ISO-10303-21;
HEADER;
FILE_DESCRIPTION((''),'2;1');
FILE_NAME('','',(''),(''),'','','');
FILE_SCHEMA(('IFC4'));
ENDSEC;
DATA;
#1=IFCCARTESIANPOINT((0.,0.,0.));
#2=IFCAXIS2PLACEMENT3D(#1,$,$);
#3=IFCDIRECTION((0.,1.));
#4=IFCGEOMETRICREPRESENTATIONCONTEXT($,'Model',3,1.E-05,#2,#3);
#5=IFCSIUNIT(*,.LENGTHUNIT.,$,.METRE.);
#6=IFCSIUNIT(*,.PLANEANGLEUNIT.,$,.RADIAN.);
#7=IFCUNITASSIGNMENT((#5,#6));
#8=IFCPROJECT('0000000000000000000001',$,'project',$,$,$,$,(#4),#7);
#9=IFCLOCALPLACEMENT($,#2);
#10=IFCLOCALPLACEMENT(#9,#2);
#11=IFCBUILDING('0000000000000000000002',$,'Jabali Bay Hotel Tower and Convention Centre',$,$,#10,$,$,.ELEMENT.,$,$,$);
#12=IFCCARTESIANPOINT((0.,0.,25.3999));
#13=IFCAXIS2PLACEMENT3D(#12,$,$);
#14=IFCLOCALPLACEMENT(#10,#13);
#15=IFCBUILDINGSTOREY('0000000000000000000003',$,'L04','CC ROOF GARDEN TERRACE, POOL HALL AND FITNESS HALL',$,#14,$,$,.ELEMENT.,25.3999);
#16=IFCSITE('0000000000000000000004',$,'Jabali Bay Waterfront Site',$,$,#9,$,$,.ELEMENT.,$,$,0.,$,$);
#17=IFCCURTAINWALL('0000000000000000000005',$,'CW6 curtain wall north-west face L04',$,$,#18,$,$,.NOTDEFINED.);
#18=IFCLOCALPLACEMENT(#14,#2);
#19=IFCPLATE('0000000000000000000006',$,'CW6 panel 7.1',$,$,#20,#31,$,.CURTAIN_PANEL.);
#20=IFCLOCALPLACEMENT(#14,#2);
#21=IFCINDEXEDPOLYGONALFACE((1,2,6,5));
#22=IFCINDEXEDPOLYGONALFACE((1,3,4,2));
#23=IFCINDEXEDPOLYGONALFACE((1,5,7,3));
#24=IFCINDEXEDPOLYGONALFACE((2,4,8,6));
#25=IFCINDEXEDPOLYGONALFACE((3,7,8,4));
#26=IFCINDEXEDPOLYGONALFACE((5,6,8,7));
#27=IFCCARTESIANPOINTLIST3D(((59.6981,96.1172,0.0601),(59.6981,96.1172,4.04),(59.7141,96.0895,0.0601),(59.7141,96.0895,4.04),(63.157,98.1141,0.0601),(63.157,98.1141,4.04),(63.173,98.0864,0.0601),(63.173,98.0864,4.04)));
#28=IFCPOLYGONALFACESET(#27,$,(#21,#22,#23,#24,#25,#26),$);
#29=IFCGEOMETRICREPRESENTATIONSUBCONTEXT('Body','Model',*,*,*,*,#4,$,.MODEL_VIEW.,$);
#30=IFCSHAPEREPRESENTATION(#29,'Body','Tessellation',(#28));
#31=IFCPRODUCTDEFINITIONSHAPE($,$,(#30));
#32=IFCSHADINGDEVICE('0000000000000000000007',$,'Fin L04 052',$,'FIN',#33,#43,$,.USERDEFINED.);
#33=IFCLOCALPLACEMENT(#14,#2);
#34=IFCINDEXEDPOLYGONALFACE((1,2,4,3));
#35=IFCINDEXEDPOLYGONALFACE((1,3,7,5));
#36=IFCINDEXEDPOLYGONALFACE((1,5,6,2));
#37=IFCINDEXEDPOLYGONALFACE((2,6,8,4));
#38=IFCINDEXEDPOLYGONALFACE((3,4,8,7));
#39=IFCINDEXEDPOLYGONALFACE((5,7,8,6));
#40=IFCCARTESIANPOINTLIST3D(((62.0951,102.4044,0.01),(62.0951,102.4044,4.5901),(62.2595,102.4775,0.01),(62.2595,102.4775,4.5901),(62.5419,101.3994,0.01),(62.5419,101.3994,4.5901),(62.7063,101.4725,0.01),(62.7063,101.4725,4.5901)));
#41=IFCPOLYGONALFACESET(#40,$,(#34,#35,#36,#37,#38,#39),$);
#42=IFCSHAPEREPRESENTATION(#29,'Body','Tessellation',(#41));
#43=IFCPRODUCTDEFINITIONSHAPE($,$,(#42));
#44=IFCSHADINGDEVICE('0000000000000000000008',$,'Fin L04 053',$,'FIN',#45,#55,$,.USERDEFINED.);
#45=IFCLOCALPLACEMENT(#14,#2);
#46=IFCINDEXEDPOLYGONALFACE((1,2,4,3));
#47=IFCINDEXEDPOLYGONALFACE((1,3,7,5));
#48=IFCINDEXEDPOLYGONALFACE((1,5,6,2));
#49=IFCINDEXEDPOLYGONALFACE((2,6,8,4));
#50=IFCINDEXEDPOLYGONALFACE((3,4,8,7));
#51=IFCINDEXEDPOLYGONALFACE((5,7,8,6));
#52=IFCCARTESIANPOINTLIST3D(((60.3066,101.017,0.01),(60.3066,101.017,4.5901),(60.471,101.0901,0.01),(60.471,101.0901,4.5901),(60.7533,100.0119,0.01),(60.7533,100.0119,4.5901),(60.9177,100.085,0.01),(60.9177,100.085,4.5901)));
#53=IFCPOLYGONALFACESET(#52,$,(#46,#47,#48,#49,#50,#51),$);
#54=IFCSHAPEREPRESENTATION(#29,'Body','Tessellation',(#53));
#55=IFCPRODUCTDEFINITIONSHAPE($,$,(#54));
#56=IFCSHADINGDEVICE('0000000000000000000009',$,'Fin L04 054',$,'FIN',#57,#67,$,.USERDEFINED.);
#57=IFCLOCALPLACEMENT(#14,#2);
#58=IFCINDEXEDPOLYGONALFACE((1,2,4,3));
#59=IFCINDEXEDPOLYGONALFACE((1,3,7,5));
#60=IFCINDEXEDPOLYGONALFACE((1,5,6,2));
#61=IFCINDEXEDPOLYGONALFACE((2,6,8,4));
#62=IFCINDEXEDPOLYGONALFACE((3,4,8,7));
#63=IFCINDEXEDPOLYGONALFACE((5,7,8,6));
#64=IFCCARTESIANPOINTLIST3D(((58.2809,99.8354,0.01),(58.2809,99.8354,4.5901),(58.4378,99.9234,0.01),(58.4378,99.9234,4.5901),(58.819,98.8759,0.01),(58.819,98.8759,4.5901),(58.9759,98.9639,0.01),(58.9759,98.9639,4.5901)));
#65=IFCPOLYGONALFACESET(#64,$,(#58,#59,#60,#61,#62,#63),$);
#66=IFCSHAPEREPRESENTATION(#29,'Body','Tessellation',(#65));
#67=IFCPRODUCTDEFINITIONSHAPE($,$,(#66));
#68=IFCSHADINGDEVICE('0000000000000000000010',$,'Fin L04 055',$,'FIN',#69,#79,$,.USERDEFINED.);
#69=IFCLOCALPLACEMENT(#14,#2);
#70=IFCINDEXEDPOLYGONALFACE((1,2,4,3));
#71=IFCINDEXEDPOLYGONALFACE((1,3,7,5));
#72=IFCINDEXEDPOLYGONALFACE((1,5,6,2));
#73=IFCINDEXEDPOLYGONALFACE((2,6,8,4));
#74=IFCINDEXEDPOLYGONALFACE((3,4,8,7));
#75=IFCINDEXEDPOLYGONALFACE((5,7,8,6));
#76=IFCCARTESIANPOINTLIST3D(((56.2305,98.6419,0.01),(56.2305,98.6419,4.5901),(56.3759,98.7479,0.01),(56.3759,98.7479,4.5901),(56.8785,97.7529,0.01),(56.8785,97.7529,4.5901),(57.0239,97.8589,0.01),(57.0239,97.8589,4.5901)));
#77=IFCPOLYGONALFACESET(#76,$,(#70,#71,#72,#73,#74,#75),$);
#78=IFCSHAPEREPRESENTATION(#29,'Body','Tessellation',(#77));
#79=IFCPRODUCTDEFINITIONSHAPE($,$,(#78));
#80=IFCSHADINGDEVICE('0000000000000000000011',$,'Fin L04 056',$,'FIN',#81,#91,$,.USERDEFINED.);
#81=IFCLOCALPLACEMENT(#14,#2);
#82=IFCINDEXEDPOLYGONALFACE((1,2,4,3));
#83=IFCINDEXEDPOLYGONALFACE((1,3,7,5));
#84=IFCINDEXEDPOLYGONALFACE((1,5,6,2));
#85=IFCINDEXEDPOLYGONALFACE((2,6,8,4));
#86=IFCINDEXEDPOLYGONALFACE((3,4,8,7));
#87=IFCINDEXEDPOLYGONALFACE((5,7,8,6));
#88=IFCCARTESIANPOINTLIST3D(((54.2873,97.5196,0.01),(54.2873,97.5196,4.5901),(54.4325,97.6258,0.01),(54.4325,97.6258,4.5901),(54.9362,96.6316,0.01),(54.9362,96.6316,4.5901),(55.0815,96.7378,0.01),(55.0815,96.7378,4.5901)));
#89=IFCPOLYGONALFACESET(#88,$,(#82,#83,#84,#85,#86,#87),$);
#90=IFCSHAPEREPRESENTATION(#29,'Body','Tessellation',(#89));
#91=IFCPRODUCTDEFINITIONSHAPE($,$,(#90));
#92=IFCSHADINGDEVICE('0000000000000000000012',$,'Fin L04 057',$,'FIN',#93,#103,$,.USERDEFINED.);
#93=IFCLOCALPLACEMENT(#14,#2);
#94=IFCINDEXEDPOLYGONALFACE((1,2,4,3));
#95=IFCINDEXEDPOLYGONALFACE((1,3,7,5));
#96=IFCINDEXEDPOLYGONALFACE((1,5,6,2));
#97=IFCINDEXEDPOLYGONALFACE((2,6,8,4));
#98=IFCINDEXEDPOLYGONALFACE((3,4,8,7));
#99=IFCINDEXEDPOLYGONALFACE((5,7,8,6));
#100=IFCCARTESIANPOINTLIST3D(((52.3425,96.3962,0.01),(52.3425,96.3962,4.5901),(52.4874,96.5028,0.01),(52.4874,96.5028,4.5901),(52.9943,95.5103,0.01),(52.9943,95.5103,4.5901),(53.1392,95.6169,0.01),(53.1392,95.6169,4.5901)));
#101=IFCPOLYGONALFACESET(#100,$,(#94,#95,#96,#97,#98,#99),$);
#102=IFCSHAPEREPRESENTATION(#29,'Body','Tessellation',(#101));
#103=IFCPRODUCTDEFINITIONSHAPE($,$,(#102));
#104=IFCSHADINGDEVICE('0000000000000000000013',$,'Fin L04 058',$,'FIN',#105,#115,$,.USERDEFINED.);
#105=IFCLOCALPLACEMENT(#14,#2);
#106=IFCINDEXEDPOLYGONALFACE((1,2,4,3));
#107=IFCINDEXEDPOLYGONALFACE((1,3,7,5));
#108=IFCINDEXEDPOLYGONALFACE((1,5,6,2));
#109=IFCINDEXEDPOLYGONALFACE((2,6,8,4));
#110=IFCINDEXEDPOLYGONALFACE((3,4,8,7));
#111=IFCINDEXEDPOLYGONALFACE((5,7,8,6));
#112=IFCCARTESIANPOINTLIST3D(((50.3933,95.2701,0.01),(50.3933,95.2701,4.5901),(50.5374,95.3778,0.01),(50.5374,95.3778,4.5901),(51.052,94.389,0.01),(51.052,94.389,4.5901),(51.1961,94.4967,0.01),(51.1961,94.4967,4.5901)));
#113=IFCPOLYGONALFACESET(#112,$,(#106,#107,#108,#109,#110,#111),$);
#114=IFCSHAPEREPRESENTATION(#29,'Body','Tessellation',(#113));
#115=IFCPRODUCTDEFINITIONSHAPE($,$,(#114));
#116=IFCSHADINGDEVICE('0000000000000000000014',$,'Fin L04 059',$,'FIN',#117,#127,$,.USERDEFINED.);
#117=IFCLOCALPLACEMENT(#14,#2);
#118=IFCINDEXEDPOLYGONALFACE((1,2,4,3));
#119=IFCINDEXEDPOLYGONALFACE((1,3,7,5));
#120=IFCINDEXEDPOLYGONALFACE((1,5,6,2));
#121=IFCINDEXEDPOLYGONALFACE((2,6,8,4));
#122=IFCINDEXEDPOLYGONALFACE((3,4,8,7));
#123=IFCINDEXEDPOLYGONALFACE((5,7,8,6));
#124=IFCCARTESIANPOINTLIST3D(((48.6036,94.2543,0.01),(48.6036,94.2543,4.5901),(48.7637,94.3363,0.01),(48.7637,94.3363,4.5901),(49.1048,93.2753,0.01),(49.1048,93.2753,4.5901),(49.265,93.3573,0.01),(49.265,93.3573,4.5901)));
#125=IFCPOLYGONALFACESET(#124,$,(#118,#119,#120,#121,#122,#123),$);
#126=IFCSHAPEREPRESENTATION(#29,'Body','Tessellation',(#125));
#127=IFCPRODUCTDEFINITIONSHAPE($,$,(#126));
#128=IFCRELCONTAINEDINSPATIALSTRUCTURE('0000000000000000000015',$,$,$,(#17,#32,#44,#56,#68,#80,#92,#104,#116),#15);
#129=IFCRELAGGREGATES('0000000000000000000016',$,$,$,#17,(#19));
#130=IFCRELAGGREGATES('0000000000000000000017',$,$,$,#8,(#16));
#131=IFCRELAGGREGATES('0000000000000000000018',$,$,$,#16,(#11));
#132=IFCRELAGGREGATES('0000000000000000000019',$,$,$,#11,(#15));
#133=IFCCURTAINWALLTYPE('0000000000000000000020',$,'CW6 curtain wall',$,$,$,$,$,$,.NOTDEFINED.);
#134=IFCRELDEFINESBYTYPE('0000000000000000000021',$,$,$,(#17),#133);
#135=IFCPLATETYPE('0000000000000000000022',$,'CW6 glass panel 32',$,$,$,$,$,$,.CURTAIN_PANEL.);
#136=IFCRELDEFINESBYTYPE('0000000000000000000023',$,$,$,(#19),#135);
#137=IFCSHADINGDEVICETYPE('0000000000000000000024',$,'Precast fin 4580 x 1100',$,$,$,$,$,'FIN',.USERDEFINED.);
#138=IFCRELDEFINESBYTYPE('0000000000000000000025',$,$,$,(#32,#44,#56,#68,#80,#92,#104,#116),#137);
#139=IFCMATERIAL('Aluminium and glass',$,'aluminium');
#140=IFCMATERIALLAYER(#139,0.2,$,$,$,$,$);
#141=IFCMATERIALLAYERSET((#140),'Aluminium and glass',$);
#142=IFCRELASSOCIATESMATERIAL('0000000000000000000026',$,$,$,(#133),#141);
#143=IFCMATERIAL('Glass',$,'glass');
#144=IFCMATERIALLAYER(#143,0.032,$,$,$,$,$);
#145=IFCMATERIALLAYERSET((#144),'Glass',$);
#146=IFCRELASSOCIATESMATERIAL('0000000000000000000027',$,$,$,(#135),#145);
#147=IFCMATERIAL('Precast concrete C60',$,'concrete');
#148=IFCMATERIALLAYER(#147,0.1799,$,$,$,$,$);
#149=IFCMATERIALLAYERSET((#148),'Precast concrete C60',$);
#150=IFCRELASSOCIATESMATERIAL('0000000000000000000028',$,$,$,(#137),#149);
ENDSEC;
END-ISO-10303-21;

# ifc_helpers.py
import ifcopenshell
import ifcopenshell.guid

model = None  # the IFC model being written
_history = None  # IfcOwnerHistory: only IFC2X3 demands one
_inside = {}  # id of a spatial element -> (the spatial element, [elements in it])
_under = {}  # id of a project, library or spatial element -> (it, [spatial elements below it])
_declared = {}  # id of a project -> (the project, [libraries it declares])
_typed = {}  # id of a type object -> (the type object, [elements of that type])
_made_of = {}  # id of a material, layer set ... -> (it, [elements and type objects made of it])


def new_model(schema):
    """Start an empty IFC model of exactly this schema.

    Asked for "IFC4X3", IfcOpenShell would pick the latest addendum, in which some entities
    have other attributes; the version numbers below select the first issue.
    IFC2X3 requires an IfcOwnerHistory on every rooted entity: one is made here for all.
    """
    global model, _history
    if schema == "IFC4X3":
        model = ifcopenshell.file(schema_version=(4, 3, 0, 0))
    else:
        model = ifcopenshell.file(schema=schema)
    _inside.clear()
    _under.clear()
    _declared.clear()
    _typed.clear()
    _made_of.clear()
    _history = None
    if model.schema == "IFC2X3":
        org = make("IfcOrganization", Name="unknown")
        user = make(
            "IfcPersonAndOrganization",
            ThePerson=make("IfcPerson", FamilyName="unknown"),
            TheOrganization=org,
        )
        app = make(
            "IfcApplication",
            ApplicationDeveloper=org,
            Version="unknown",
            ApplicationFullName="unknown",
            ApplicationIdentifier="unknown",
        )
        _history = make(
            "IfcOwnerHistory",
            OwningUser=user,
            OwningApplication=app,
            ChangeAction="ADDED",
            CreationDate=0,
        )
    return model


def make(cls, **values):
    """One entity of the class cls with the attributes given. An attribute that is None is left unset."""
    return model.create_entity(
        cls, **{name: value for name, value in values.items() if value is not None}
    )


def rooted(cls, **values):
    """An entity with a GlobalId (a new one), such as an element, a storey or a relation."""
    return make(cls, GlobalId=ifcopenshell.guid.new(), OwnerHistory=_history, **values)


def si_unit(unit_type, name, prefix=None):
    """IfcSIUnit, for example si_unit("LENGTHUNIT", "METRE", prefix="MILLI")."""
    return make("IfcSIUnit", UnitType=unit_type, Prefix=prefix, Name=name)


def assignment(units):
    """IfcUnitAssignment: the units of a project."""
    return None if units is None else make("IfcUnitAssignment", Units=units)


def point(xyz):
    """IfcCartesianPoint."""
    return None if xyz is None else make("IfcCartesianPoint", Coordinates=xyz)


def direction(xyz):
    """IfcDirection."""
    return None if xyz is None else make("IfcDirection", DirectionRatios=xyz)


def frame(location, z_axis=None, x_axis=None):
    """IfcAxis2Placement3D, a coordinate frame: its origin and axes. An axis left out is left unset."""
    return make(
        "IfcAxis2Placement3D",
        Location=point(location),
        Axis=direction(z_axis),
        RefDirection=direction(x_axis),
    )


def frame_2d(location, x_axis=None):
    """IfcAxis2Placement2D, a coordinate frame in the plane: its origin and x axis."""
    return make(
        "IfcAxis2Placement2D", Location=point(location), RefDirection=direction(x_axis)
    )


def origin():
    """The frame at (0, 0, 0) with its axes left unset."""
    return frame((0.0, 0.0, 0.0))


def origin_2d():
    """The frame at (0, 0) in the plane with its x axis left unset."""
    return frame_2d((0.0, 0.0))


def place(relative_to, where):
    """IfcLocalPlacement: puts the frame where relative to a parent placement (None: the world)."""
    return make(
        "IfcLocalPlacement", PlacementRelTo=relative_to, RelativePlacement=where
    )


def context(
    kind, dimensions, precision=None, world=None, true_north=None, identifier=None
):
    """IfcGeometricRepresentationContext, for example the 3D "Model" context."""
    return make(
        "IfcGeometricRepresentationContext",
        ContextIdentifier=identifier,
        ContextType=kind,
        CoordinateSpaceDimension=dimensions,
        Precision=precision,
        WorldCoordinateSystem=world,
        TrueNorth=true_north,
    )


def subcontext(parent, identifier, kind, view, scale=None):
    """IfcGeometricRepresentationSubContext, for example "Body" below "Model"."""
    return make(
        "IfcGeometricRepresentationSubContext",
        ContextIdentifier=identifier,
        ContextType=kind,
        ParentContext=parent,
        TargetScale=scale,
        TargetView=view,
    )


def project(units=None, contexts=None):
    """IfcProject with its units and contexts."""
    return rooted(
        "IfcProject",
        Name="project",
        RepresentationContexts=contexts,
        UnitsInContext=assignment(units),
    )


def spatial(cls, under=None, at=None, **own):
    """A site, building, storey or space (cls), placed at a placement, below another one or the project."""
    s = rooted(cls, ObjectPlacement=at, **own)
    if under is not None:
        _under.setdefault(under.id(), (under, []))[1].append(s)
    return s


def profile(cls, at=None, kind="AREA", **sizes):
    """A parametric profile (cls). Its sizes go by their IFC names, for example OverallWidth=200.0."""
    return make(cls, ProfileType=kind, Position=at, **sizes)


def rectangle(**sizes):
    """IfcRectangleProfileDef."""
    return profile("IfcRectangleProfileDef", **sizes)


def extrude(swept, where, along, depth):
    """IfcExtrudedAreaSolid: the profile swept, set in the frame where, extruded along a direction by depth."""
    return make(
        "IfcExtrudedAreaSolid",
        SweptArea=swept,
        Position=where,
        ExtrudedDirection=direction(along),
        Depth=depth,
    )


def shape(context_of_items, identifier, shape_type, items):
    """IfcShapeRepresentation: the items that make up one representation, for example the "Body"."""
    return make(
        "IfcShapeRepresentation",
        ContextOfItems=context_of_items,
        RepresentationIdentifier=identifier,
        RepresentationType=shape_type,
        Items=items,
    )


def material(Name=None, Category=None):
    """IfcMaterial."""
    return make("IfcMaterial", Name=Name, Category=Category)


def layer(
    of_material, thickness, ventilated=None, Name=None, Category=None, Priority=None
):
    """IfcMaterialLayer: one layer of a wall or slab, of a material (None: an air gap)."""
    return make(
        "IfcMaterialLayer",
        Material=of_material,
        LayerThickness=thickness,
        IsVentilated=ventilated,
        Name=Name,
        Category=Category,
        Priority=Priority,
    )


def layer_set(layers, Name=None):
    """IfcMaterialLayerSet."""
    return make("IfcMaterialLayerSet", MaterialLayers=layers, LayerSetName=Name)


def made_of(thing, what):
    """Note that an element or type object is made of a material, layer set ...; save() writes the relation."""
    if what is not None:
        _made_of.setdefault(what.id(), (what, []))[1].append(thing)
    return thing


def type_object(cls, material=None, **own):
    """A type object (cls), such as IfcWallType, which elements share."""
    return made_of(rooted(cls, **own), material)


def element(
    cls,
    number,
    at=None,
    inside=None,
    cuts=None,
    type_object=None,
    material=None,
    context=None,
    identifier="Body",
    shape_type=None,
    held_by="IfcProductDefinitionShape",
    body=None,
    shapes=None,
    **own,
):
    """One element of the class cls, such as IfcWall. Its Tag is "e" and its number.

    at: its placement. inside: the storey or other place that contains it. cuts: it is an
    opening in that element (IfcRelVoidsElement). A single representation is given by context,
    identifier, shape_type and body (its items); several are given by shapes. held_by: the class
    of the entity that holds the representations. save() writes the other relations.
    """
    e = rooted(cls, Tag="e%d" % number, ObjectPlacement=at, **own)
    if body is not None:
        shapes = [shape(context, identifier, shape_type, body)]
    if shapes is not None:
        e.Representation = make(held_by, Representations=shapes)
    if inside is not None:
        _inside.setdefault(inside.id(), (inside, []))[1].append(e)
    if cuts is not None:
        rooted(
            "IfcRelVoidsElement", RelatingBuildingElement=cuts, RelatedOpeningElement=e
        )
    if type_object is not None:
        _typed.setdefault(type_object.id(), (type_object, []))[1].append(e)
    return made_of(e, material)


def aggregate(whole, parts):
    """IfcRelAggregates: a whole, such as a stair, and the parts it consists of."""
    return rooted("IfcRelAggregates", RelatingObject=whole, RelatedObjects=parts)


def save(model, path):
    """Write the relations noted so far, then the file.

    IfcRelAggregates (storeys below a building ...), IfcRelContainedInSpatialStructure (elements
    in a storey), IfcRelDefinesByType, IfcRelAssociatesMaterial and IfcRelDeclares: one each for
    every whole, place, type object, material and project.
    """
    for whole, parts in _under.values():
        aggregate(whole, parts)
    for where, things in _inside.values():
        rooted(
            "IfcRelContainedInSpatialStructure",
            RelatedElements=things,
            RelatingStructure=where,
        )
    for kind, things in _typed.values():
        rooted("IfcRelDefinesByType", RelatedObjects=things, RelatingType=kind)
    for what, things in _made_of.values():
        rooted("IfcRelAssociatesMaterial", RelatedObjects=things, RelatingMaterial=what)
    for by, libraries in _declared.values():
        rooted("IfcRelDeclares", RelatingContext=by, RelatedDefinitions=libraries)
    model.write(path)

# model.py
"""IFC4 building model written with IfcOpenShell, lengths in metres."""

from ifc_helpers import new_model, si_unit, direction, frame, frame_2d, origin, origin_2d, place, context, subcontext, project, spatial, rectangle, extrude, material, layer, layer_set, type_object, element, aggregate, save


model = new_model("IFC4")

# Units and contexts
model_context = context("Model", 3, precision=1e-05, world=origin(), true_north=direction((0.0, 1.0)))
body_context = subcontext(model_context, "Body", "Model", "MODEL_VIEW")
ifc_project = project(units=[si_unit("LENGTHUNIT", "METRE"), si_unit("PLANEANGLEUNIT", "RADIAN")], contexts=[model_context])

# Site, building, storey
site_placement = place(None, origin())
site = spatial("IfcSite", under=ifc_project, at=site_placement, Name="Jabali Bay Waterfront Site", CompositionType="ELEMENT", RefElevation=0.0)
building_placement = place(site_placement, origin())
building = spatial("IfcBuilding", under=site, at=building_placement, Name="Jabali Bay Hotel Tower and Convention Centre", CompositionType="ELEMENT")
storey_placement = place(building_placement, frame((0.0, 0.0, 25.3999)))
storey = spatial("IfcBuildingStorey", under=building, at=storey_placement, Name="L04", Description="CC ROOF GARDEN TERRACE, POOL HALL AND FITNESS HALL", CompositionType="ELEMENT", Elevation=25.3999)

# Curtain wall
ifc_material_1 = material(Name="Aluminium and glass", Category="aluminium")
ifc_layer_1 = layer(ifc_material_1, 0.2)
ifc_layer_set_1 = layer_set([ifc_layer_1], Name="Aluminium and glass")
curtain_wall_type = type_object("IfcCurtainWallType", Name="CW6 curtain wall", PredefinedType="NOTDEFINED", material=ifc_layer_set_1)
curtain_wall_placement = place(storey_placement, origin())
curtain_wall = element("IfcCurtainWall", 1, at=curtain_wall_placement, inside=storey, type_object=curtain_wall_type, Name="CW6 curtain wall north-west face L04", PredefinedType="NOTDEFINED")

# Plate
ifc_material_2 = material(Name="Glass", Category="glass")
ifc_layer_2 = layer(ifc_material_2, 0.032)
ifc_layer_set_2 = layer_set([ifc_layer_2], Name="Glass")
plate_type = type_object("IfcPlateType", Name="CW6 glass panel 32", PredefinedType="CURTAIN_PANEL", material=ifc_layer_set_2)
plate_1_placement = place(storey_placement, frame((61.4355, 97.1018, 0.0601), z_axis=(0.0, 0.0, 1.0), x_axis=(0.866025, 0.5, 0.0)))
plate_1 = element("IfcPlate", 2, at=plate_1_placement, type_object=plate_type, Name="CW6 panel 7.1", PredefinedType="CURTAIN_PANEL", context=body_context, shape_type="SweptSolid", body=[
    extrude(rectangle(XDim=3.9939, YDim=0.032, at=origin_2d()), origin(), (0.0, 0.0, 1.0), 3.98),
])
aggregate(curtain_wall, [plate_1])

# Shading devices
ifc_material_3 = material(Name="Precast concrete C60", Category="concrete")
ifc_layer_3 = layer(ifc_material_3, 0.1799)
ifc_layer_set_3 = layer_set([ifc_layer_3], Name="Precast concrete C60")
shading_device_type = type_object("IfcShadingDeviceType", Name="Precast fin 4580 x 1100", ElementType="FIN", PredefinedType="USERDEFINED", material=ifc_layer_set_3)
for number, where, z_axis, x_axis, name in (
    (3, (62.624, 101.436, 0.01), (0.0, 0.0, 1.0), (-0.40618, 0.913793, 0.0), "Fin L04 052"),
    (4, (60.8354, 100.0486, 0.01), (0.0, 0.0, 1.0), (-0.40618, 0.913793, 0.0), "Fin L04 053"),
):
    element("IfcShadingDevice", number, at=place(storey_placement, frame(where, z_axis=z_axis, x_axis=x_axis)), inside=storey, type_object=shading_device_type, Name=name, ObjectType="FIN", PredefinedType="USERDEFINED", context=body_context, shape_type="SweptSolid", body=[
        extrude(rectangle(XDim=1.0999, YDim=0.1799, at=frame_2d((0.5498, 0.0))), origin(), (0.0, 0.0, 1.0), 4.5801),
    ])
for number, where, z_axis, x_axis, name in (
    (5, (58.8975, 98.9199, 0.01), (0.0, 0.0, 1.0), (-0.489144, 0.872203, 0.0), "Fin L04 054"),
    (6, (56.9512, 97.8059, 0.01), (0.0, 0.0, 1.0), (-0.589042, 0.808102, 0.0), "Fin L04 055"),
):
    element("IfcShadingDevice", number, at=place(storey_placement, frame(where, z_axis=z_axis, x_axis=x_axis)), inside=storey, type_object=shading_device_type, Name=name, ObjectType="FIN", PredefinedType="USERDEFINED", context=body_context, shape_type="SweptSolid", body=[
        extrude(rectangle(XDim=1.1001, YDim=0.1799, at=frame_2d((0.55, 0.0))), origin(), (0.0, 0.0, 1.0), 4.5801),
    ])
for number, where, z_axis, x_axis, name in (
    (7, (55.0088, 96.6848, 0.01), (0.0, 0.0, 1.0), (-0.590044, 0.807371, 0.0), "Fin L04 056"),
    (8, (53.0667, 95.5637, 0.01), (0.0, 0.0, 1.0), (-0.592623, 0.80548, 0.0), "Fin L04 057"),
):
    element("IfcShadingDevice", number, at=place(storey_placement, frame(where, z_axis=z_axis, x_axis=x_axis)), inside=storey, type_object=shading_device_type, Name=name, ObjectType="FIN", PredefinedType="USERDEFINED", context=body_context, shape_type="SweptSolid", body=[
        extrude(rectangle(XDim=1.0999, YDim=0.1799, at=frame_2d((0.5498, 0.0))), origin(), (0.0, 0.0, 1.0), 4.5801),
    ])
shading_device_1_placement = place(storey_placement, frame((51.124, 94.4429, 0.01), z_axis=(0.0, 0.0, 1.0), x_axis=(-0.598756, 0.800931, 0.0)))
element("IfcShadingDevice", 9, at=shading_device_1_placement, inside=storey, type_object=shading_device_type, Name="Fin L04 058", ObjectType="FIN", PredefinedType="USERDEFINED", context=body_context, shape_type="SweptSolid", body=[
    extrude(rectangle(XDim=1.1001, YDim=0.1799, at=frame_2d((0.55, 0.0))), origin(), (0.0, 0.0, 1.0), 4.5801),
])
shading_device_2_placement = place(storey_placement, frame((49.1848, 93.3164, 0.01), z_axis=(0.0, 0.0, 1.0), x_axis=(-0.455717, 0.890125, 0.0)))
element("IfcShadingDevice", 10, at=shading_device_2_placement, inside=storey, type_object=shading_device_type, Name="Fin L04 059", ObjectType="FIN", PredefinedType="USERDEFINED", context=body_context, shape_type="SweptSolid", body=[
    extrude(rectangle(XDim=1.0999, YDim=0.1799, at=frame_2d((0.5498, 0.0))), origin(), (0.0, 0.0, 1.0), 4.5801),
])

save(model, "model.ifc")
